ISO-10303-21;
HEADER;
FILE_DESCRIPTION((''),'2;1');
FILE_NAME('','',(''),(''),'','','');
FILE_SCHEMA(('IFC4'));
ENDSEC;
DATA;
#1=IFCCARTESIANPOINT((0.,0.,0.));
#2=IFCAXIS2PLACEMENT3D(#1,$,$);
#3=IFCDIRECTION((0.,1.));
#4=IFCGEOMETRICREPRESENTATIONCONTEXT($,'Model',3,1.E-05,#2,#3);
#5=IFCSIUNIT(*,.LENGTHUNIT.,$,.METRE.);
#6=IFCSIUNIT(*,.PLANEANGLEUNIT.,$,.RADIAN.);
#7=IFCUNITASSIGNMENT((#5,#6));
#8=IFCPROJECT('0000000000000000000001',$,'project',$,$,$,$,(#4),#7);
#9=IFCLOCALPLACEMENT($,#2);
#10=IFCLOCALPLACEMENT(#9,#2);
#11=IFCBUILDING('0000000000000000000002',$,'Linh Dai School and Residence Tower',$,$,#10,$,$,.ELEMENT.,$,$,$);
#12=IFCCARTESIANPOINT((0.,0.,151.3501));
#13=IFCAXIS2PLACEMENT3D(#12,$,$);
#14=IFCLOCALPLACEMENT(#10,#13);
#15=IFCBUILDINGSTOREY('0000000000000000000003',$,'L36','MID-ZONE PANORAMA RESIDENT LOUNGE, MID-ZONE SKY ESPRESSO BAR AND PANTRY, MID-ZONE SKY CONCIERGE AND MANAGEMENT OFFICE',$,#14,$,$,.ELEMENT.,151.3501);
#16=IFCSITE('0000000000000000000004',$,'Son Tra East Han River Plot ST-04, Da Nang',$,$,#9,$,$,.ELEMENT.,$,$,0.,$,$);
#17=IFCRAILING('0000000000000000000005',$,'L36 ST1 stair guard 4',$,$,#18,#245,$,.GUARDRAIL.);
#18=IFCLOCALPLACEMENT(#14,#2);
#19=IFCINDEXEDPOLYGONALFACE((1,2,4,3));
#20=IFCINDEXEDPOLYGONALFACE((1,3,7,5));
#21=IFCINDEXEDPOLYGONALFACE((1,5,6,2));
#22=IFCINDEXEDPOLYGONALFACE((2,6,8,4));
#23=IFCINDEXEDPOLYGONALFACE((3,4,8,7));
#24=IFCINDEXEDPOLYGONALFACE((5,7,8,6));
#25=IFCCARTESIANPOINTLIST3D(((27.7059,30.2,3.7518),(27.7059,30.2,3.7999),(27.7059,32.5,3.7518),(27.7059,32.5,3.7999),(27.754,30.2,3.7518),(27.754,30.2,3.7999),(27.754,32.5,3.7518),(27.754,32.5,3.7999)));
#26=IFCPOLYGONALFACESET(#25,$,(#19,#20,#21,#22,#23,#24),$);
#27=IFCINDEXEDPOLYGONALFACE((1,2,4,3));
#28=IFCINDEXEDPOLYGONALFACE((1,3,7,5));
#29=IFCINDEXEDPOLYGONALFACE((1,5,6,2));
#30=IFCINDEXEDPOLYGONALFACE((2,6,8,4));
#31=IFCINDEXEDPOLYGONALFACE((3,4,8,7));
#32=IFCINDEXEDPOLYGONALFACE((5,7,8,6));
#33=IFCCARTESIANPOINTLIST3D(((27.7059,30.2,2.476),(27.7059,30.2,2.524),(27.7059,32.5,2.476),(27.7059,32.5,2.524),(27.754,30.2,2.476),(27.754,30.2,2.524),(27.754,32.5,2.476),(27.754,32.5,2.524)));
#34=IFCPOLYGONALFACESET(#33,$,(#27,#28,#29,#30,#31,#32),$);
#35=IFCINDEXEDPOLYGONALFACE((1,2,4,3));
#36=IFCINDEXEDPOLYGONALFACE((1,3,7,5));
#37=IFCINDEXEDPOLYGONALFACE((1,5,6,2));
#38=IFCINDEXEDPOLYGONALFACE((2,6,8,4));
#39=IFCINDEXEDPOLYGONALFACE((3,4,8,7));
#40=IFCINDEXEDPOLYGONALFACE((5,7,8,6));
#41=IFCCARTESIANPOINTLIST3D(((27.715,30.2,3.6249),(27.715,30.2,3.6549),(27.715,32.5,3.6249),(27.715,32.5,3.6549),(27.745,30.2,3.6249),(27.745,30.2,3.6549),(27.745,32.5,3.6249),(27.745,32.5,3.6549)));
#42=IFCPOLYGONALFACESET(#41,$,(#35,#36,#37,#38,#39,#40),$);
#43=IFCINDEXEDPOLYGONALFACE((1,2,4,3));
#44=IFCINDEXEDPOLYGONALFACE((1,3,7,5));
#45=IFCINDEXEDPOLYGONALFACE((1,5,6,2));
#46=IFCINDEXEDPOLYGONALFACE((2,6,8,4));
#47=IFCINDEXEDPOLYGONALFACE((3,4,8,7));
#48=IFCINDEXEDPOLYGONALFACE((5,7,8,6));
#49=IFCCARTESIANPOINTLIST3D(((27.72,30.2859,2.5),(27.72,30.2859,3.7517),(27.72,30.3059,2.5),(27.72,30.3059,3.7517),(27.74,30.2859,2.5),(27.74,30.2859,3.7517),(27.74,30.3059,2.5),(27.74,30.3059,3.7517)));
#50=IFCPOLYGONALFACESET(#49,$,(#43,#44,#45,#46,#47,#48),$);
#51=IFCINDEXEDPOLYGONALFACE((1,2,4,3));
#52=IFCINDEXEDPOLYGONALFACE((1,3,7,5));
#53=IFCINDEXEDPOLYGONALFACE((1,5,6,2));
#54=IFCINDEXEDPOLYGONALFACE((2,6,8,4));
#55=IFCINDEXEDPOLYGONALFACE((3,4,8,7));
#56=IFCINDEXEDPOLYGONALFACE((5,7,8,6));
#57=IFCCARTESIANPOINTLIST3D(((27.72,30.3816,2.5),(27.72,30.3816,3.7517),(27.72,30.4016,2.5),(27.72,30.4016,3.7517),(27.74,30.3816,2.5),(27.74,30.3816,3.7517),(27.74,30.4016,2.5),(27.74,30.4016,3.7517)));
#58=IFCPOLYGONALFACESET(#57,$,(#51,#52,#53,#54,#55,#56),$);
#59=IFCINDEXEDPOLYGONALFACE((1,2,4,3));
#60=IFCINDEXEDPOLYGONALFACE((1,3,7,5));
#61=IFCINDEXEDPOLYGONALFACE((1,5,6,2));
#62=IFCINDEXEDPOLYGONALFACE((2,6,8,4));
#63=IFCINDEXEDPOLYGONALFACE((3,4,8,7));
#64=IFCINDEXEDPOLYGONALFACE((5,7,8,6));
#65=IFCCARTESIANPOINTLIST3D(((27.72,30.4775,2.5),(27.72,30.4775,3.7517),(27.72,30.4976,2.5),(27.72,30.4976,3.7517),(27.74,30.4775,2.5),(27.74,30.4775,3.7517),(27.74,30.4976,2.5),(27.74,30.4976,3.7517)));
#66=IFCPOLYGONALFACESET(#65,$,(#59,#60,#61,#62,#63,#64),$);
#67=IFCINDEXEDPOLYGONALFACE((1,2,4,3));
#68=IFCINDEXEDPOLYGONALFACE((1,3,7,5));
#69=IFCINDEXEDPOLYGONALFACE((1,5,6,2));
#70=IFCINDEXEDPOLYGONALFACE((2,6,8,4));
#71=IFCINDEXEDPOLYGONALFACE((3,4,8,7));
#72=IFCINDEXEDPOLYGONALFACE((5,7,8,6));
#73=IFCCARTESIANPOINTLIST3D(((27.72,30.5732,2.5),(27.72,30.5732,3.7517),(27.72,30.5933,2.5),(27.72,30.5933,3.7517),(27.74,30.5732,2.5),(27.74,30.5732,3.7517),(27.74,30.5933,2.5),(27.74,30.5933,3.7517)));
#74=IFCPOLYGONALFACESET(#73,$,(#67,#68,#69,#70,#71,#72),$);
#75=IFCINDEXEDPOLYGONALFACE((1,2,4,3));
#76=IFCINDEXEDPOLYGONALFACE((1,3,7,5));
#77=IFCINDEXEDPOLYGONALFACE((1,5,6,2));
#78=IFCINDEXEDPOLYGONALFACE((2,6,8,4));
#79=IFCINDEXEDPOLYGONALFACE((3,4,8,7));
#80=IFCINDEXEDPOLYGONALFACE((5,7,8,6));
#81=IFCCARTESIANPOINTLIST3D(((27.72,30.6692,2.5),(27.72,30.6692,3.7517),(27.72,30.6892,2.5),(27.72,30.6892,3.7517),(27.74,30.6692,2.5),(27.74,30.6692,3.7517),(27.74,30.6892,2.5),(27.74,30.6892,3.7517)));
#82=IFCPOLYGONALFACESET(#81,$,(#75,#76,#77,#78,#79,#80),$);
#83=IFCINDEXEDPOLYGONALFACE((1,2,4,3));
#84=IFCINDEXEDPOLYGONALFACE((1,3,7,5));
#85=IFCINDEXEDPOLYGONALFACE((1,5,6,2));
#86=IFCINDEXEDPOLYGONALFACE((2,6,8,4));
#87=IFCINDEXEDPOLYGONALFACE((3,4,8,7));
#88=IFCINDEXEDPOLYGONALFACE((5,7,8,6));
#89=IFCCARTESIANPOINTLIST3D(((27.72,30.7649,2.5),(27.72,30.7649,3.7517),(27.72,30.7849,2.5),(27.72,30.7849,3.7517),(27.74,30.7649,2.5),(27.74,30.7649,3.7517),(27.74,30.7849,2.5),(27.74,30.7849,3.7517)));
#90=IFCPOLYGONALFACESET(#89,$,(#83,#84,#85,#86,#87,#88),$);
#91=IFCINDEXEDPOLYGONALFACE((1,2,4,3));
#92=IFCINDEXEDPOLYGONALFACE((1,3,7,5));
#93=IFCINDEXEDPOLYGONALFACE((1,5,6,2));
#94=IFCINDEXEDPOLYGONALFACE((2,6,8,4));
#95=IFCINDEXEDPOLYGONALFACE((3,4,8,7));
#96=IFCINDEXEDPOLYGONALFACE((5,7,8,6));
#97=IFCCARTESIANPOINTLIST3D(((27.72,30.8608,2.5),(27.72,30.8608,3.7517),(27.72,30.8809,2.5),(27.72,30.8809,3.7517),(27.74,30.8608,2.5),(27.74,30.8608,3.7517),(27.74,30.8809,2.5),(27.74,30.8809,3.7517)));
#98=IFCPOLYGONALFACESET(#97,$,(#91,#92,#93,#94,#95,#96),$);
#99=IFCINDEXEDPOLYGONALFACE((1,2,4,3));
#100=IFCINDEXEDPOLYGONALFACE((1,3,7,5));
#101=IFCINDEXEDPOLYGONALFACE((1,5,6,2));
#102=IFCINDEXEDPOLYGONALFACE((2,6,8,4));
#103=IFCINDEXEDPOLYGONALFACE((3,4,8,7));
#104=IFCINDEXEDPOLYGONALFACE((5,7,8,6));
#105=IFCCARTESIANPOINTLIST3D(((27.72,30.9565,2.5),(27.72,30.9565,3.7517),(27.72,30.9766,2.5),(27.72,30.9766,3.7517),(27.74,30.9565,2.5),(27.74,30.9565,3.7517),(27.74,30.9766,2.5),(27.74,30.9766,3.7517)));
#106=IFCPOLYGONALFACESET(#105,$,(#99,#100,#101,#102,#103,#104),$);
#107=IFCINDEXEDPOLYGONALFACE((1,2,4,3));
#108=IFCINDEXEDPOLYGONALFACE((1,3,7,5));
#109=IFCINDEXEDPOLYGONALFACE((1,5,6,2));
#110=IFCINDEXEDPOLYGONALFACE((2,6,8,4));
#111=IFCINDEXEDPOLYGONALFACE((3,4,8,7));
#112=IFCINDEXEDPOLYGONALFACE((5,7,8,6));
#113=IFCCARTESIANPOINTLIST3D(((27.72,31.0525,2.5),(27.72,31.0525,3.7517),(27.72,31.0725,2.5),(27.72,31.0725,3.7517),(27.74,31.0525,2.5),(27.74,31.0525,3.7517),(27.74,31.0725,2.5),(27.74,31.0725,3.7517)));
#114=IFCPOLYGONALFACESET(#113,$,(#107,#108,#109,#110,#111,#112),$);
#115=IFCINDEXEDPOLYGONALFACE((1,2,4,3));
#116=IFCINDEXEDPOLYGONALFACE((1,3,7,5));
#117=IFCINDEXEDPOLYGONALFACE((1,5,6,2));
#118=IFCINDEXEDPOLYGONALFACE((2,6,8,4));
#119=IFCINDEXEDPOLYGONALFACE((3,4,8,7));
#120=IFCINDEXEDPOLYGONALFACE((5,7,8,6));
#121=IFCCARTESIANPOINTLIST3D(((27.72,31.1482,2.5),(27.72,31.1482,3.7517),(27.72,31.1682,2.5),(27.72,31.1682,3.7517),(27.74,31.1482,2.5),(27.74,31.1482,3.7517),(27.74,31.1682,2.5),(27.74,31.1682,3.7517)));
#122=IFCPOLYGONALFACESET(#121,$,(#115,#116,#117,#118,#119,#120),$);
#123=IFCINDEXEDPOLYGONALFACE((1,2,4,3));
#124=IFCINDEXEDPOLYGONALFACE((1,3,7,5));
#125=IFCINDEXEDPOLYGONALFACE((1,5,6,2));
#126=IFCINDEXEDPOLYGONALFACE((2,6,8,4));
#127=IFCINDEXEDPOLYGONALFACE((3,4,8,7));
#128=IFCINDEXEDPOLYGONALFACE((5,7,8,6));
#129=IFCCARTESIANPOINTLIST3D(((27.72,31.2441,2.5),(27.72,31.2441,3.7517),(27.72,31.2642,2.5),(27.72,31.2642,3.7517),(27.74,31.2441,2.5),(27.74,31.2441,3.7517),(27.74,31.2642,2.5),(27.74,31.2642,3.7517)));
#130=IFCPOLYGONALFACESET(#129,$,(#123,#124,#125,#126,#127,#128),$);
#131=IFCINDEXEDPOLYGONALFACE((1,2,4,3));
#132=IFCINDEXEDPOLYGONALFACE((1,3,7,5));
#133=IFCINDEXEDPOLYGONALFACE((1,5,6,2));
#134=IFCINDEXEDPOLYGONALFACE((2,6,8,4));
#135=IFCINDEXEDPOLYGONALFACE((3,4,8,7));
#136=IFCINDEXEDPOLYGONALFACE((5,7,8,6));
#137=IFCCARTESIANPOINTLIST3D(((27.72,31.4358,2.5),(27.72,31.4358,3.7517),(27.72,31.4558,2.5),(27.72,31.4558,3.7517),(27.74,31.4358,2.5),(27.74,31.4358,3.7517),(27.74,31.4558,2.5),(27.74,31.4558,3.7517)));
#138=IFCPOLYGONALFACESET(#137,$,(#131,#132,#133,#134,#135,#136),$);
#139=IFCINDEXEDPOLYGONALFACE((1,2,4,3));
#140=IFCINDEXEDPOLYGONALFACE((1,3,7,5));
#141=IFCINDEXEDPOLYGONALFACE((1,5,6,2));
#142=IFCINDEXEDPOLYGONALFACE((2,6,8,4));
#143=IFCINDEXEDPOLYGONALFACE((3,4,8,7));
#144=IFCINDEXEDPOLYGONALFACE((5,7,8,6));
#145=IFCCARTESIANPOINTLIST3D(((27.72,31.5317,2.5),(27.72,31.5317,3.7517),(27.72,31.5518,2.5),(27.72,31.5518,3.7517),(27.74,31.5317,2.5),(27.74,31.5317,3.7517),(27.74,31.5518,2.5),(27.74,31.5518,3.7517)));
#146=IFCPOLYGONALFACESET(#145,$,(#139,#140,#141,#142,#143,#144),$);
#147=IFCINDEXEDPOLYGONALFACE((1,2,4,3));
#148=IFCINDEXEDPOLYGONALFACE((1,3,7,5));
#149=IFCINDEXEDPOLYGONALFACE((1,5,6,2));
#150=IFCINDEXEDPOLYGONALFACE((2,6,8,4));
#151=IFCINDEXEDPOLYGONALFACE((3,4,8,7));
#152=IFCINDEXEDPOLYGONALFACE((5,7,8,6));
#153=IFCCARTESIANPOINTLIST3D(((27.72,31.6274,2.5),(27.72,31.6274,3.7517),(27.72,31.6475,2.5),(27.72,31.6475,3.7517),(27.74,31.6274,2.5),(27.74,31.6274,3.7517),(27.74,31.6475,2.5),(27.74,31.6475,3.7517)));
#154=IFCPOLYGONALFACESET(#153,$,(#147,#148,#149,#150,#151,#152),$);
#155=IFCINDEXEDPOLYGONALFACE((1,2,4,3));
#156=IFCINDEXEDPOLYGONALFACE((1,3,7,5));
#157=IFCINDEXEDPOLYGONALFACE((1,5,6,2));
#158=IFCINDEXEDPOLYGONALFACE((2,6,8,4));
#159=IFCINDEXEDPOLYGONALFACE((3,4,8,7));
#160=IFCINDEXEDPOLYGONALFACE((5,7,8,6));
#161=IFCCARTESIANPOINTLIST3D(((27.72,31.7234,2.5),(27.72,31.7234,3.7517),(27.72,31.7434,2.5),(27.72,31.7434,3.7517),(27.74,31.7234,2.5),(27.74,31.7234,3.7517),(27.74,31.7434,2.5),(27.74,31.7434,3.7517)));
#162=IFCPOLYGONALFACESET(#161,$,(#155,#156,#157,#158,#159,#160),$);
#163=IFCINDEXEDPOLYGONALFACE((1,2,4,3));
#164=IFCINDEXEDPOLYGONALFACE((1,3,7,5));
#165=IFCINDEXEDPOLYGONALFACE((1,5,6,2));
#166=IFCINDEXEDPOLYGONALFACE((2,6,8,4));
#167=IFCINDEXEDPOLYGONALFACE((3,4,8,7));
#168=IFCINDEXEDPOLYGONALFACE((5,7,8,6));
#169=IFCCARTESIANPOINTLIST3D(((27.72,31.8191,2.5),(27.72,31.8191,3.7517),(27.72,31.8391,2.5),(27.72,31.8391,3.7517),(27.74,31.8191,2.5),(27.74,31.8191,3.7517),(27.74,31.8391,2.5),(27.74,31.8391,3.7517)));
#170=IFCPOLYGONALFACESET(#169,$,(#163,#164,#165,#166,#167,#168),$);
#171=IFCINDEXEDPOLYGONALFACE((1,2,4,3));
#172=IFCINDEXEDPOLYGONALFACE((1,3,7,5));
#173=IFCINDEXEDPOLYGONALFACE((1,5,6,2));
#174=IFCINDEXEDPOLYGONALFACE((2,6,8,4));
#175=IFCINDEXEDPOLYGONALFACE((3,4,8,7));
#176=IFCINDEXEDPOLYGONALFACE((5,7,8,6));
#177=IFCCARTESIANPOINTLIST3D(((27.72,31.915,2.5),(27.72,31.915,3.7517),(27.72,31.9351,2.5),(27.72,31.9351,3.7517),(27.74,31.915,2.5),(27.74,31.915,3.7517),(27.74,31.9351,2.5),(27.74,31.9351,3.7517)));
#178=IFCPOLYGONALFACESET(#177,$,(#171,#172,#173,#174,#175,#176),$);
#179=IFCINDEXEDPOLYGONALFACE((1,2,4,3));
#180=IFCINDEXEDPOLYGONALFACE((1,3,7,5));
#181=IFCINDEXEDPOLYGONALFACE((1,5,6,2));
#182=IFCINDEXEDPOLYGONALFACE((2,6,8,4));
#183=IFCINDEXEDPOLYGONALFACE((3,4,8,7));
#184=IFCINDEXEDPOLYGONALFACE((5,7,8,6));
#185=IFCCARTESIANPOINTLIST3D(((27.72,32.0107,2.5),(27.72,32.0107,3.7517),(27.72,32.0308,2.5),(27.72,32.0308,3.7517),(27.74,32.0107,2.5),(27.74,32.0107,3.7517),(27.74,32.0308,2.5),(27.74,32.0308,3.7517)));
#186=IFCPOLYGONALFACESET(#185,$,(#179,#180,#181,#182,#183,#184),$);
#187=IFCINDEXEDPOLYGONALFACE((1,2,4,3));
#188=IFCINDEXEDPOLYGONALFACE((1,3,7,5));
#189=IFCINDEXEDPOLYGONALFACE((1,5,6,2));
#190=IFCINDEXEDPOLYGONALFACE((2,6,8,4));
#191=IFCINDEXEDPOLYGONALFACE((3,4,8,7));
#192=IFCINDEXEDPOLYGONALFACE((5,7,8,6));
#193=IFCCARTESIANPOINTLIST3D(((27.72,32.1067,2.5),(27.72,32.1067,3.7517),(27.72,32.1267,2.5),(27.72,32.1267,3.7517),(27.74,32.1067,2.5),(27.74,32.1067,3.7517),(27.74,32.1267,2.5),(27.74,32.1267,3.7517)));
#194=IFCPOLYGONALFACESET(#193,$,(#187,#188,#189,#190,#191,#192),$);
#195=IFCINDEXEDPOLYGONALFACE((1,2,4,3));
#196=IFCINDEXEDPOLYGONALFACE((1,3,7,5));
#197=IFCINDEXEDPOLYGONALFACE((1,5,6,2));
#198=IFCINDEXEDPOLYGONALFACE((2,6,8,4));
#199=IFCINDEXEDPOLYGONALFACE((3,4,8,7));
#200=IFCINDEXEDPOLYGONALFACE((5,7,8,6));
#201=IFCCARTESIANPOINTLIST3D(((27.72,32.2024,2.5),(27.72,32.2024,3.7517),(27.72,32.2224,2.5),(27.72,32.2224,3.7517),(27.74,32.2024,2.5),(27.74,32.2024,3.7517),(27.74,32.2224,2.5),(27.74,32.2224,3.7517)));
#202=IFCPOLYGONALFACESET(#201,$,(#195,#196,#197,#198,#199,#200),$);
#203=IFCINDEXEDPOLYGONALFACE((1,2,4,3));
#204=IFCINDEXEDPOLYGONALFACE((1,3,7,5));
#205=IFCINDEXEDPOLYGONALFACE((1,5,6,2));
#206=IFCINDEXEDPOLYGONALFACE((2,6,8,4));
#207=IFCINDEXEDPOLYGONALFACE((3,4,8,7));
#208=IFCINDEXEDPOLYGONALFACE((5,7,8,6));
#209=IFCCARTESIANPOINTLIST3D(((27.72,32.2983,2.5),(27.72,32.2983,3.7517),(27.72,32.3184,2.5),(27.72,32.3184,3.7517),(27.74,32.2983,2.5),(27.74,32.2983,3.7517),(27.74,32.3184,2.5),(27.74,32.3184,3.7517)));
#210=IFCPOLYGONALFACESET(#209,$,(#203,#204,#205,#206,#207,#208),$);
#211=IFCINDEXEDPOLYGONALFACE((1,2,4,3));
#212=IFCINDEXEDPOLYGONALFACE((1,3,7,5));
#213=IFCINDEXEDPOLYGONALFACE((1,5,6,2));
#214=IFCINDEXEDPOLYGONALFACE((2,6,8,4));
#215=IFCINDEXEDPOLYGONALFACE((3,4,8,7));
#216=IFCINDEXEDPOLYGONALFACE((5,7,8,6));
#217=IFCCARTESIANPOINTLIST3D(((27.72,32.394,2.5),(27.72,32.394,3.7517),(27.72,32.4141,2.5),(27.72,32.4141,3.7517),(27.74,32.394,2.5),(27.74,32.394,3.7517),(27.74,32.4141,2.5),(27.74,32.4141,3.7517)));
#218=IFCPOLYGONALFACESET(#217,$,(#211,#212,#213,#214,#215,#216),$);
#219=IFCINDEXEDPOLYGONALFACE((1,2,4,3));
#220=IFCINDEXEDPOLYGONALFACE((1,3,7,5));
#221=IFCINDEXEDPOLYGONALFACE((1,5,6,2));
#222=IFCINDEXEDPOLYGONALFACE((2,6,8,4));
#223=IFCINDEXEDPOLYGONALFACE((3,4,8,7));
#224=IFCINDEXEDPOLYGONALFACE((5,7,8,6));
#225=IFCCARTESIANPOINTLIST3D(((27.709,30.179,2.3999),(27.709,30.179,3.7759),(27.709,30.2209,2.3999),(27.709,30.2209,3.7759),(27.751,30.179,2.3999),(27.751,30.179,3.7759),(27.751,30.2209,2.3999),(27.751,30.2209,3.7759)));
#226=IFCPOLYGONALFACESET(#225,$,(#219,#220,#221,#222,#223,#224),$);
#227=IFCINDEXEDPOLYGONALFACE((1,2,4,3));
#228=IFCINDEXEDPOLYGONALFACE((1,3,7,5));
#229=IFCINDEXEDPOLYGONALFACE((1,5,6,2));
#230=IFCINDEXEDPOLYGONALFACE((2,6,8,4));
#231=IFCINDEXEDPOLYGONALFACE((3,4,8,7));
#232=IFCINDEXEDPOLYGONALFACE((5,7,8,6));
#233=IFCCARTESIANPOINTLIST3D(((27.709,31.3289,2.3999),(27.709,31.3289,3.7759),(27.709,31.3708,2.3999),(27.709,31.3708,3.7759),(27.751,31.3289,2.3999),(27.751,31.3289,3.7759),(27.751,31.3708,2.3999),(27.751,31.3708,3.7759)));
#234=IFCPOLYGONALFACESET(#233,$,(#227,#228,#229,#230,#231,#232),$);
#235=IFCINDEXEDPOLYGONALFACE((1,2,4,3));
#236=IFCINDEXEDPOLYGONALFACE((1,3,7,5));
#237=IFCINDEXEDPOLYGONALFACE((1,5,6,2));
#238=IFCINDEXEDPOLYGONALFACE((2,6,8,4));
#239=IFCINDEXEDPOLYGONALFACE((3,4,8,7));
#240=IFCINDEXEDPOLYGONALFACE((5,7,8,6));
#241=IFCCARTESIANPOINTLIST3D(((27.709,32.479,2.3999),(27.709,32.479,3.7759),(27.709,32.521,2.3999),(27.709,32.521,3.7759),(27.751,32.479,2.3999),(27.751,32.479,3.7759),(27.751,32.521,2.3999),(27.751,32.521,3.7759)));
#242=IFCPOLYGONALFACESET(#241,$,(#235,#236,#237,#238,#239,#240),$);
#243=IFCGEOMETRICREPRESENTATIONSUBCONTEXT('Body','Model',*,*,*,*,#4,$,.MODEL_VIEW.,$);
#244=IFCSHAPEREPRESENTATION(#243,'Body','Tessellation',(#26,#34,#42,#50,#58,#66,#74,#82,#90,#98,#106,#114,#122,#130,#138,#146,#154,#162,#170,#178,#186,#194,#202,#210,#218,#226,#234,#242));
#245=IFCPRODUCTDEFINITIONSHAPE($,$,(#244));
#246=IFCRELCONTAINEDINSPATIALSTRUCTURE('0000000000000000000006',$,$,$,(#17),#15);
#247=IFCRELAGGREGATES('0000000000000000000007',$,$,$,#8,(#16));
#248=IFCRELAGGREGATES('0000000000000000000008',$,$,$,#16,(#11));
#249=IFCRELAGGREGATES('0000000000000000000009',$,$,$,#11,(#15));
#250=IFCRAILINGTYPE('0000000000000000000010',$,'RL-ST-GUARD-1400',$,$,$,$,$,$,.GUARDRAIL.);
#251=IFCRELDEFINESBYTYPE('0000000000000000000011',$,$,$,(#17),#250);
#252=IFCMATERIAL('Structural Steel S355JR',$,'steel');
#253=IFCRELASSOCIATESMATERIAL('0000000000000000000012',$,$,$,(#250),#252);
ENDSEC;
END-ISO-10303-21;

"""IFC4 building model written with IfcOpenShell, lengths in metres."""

from ifc_helpers import new_model, si_unit, direction, frame, origin, origin_2d, place, context, subcontext, project, spatial, rectangle, extrude, source, transform, mapped, material, type_object, element, save


model = new_model("IFC4")

# Units and contexts
model_context = context("Model", 3, precision=1e-05, world=origin(), true_north=direction((0.0, 1.0)))
body_context = subcontext(model_context, "Body", "Model", "MODEL_VIEW")
ifc_project = project(units=[si_unit("LENGTHUNIT", "METRE"), si_unit("PLANEANGLEUNIT", "RADIAN")], contexts=[model_context])

# Site, building, storey
site_placement = place(None, origin())
site = spatial("IfcSite", under=ifc_project, at=site_placement, Name="Son Tra East Han River Plot ST-04, Da Nang", CompositionType="ELEMENT", RefElevation=0.0)
building_placement = place(site_placement, origin())
building = spatial("IfcBuilding", under=site, at=building_placement, Name="Linh Dai School and Residence Tower", CompositionType="ELEMENT")
storey_placement = place(building_placement, frame((0.0, 0.0, 151.3501)))
storey = spatial("IfcBuildingStorey", under=building, at=storey_placement, Name="L36", Description="MID-ZONE PANORAMA RESIDENT LOUNGE, MID-ZONE SKY ESPRESSO BAR AND PANTRY, MID-ZONE SKY CONCIERGE AND MANAGEMENT OFFICE", CompositionType="ELEMENT", Elevation=151.3501)

# Shared definitions
ifc_material_1 = material(Name="Structural Steel S355JR", Category="steel")

# Railing
railing_type_1 = type_object("IfcRailingType", Name="RL-ST-GUARD-1400", PredefinedType="GUARDRAIL", material=ifc_material_1)
shared_shape_1 = source(origin(), body_context, "Body", "SweptSolid", [
    extrude(rectangle(XDim=0.0481, YDim=0.0481, at=origin_2d()), frame((0.0, 0.0, 1.376), z_axis=(0.0, 1.0, 0.0), x_axis=(-1.0, 0.0, 0.0)), (0.0, 0.0, 1.0), 2.3),
    extrude(rectangle(XDim=0.0481, YDim=0.0481, at=origin_2d()), frame((0.0, 0.0, 0.1001), z_axis=(0.0, 1.0, 0.0), x_axis=(-1.0, 0.0, 0.0)), (0.0, 0.0, 1.0), 2.3),
    extrude(rectangle(XDim=0.03, YDim=0.03, at=origin_2d()), frame((0.0, 0.0, 1.24), z_axis=(0.0, 1.0, 0.0), x_axis=(-1.0, 0.0, 0.0)), (0.0, 0.0, 1.0), 2.3),
    extrude(rectangle(XDim=0.02, YDim=0.02, at=origin_2d()), frame((0.0, 0.0959, 0.1001)), (0.0, 0.0, 1.0), 1.2517),
    extrude(rectangle(XDim=0.02, YDim=0.02, at=origin_2d()), frame((0.0, 0.1917, 0.1001)), (0.0, 0.0, 1.0), 1.2517),
    extrude(rectangle(XDim=0.02, YDim=0.02, at=origin_2d()), frame((0.0, 0.2876, 0.1001)), (0.0, 0.0, 1.0), 1.2517),
    extrude(rectangle(XDim=0.02, YDim=0.02, at=origin_2d()), frame((0.0, 0.3833, 0.1001)), (0.0, 0.0, 1.0), 1.2517),
    extrude(rectangle(XDim=0.02, YDim=0.02, at=origin_2d()), frame((0.0, 0.4792, 0.1001)), (0.0, 0.0, 1.0), 1.2517),
    extrude(rectangle(XDim=0.02, YDim=0.02, at=origin_2d()), frame((0.0, 0.575, 0.1001)), (0.0, 0.0, 1.0), 1.2517),
    extrude(rectangle(XDim=0.02, YDim=0.02, at=origin_2d()), frame((0.0, 0.6709, 0.1001)), (0.0, 0.0, 1.0), 1.2517),
    extrude(rectangle(XDim=0.02, YDim=0.02, at=origin_2d()), frame((0.0, 0.7666, 0.1001)), (0.0, 0.0, 1.0), 1.2517),
    extrude(rectangle(XDim=0.02, YDim=0.02, at=origin_2d()), frame((0.0, 0.8625, 0.1001)), (0.0, 0.0, 1.0), 1.2517),
    extrude(rectangle(XDim=0.02, YDim=0.02, at=origin_2d()), frame((0.0, 0.9583, 0.1001)), (0.0, 0.0, 1.0), 1.2517),
    extrude(rectangle(XDim=0.02, YDim=0.02, at=origin_2d()), frame((0.0, 1.0542, 0.1001)), (0.0, 0.0, 1.0), 1.2517),
    extrude(rectangle(XDim=0.02, YDim=0.02, at=origin_2d()), frame((0.0, 1.2458, 0.1001)), (0.0, 0.0, 1.0), 1.2517),
    extrude(rectangle(XDim=0.02, YDim=0.02, at=origin_2d()), frame((0.0, 1.3418, 0.1001)), (0.0, 0.0, 1.0), 1.2517),
    extrude(rectangle(XDim=0.02, YDim=0.02, at=origin_2d()), frame((0.0, 1.4375, 0.1001)), (0.0, 0.0, 1.0), 1.2517),
    extrude(rectangle(XDim=0.02, YDim=0.02, at=origin_2d()), frame((0.0, 1.5334, 0.1001)), (0.0, 0.0, 1.0), 1.2517),
    extrude(rectangle(XDim=0.02, YDim=0.02, at=origin_2d()), frame((0.0, 1.6292, 0.1001)), (0.0, 0.0, 1.0), 1.2517),
    extrude(rectangle(XDim=0.02, YDim=0.02, at=origin_2d()), frame((0.0, 1.7251, 0.1001)), (0.0, 0.0, 1.0), 1.2517),
    extrude(rectangle(XDim=0.02, YDim=0.02, at=origin_2d()), frame((0.0, 1.8208, 0.1001)), (0.0, 0.0, 1.0), 1.2517),
    extrude(rectangle(XDim=0.02, YDim=0.02, at=origin_2d()), frame((0.0, 1.9167, 0.1001)), (0.0, 0.0, 1.0), 1.2517),
    extrude(rectangle(XDim=0.02, YDim=0.02, at=origin_2d()), frame((0.0, 2.0125, 0.1001)), (0.0, 0.0, 1.0), 1.2517),
    extrude(rectangle(XDim=0.02, YDim=0.02, at=origin_2d()), frame((0.0, 2.1084, 0.1001)), (0.0, 0.0, 1.0), 1.2517),
    extrude(rectangle(XDim=0.02, YDim=0.02, at=origin_2d()), frame((0.0, 2.2041, 0.1001)), (0.0, 0.0, 1.0), 1.2517),
    extrude(rectangle(XDim=0.042, YDim=0.042, at=origin_2d()), origin(), (0.0, 0.0, 1.0), 1.376),
    extrude(rectangle(XDim=0.042, YDim=0.042, at=origin_2d()), frame((0.0, 1.1499, 0.0)), (0.0, 0.0, 1.0), 1.376),
    extrude(rectangle(XDim=0.042, YDim=0.042, at=origin_2d()), frame((0.0, 2.3, 0.0)), (0.0, 0.0, 1.0), 1.376),
])
for number, where, name in (
    (1, (27.73, 30.2, 2.3999), "L36 ST1 stair guard 4"),
):
    element("IfcRailing", number, at=place(storey_placement, frame(where)), inside=storey, type_object=railing_type_1, Name=name, PredefinedType="GUARDRAIL", context=body_context, shape_type="MappedRepresentation", body=[
        mapped(shared_shape_1, transform((0.0, 0.0, 0.0), x_axis=(1.0, 0.0, 0.0), y_axis=(0.0, 1.0, 0.0), z_axis=(0.0, 0.0, 1.0), scale=1.0)),
    ])

save(model, "model.ifc")
